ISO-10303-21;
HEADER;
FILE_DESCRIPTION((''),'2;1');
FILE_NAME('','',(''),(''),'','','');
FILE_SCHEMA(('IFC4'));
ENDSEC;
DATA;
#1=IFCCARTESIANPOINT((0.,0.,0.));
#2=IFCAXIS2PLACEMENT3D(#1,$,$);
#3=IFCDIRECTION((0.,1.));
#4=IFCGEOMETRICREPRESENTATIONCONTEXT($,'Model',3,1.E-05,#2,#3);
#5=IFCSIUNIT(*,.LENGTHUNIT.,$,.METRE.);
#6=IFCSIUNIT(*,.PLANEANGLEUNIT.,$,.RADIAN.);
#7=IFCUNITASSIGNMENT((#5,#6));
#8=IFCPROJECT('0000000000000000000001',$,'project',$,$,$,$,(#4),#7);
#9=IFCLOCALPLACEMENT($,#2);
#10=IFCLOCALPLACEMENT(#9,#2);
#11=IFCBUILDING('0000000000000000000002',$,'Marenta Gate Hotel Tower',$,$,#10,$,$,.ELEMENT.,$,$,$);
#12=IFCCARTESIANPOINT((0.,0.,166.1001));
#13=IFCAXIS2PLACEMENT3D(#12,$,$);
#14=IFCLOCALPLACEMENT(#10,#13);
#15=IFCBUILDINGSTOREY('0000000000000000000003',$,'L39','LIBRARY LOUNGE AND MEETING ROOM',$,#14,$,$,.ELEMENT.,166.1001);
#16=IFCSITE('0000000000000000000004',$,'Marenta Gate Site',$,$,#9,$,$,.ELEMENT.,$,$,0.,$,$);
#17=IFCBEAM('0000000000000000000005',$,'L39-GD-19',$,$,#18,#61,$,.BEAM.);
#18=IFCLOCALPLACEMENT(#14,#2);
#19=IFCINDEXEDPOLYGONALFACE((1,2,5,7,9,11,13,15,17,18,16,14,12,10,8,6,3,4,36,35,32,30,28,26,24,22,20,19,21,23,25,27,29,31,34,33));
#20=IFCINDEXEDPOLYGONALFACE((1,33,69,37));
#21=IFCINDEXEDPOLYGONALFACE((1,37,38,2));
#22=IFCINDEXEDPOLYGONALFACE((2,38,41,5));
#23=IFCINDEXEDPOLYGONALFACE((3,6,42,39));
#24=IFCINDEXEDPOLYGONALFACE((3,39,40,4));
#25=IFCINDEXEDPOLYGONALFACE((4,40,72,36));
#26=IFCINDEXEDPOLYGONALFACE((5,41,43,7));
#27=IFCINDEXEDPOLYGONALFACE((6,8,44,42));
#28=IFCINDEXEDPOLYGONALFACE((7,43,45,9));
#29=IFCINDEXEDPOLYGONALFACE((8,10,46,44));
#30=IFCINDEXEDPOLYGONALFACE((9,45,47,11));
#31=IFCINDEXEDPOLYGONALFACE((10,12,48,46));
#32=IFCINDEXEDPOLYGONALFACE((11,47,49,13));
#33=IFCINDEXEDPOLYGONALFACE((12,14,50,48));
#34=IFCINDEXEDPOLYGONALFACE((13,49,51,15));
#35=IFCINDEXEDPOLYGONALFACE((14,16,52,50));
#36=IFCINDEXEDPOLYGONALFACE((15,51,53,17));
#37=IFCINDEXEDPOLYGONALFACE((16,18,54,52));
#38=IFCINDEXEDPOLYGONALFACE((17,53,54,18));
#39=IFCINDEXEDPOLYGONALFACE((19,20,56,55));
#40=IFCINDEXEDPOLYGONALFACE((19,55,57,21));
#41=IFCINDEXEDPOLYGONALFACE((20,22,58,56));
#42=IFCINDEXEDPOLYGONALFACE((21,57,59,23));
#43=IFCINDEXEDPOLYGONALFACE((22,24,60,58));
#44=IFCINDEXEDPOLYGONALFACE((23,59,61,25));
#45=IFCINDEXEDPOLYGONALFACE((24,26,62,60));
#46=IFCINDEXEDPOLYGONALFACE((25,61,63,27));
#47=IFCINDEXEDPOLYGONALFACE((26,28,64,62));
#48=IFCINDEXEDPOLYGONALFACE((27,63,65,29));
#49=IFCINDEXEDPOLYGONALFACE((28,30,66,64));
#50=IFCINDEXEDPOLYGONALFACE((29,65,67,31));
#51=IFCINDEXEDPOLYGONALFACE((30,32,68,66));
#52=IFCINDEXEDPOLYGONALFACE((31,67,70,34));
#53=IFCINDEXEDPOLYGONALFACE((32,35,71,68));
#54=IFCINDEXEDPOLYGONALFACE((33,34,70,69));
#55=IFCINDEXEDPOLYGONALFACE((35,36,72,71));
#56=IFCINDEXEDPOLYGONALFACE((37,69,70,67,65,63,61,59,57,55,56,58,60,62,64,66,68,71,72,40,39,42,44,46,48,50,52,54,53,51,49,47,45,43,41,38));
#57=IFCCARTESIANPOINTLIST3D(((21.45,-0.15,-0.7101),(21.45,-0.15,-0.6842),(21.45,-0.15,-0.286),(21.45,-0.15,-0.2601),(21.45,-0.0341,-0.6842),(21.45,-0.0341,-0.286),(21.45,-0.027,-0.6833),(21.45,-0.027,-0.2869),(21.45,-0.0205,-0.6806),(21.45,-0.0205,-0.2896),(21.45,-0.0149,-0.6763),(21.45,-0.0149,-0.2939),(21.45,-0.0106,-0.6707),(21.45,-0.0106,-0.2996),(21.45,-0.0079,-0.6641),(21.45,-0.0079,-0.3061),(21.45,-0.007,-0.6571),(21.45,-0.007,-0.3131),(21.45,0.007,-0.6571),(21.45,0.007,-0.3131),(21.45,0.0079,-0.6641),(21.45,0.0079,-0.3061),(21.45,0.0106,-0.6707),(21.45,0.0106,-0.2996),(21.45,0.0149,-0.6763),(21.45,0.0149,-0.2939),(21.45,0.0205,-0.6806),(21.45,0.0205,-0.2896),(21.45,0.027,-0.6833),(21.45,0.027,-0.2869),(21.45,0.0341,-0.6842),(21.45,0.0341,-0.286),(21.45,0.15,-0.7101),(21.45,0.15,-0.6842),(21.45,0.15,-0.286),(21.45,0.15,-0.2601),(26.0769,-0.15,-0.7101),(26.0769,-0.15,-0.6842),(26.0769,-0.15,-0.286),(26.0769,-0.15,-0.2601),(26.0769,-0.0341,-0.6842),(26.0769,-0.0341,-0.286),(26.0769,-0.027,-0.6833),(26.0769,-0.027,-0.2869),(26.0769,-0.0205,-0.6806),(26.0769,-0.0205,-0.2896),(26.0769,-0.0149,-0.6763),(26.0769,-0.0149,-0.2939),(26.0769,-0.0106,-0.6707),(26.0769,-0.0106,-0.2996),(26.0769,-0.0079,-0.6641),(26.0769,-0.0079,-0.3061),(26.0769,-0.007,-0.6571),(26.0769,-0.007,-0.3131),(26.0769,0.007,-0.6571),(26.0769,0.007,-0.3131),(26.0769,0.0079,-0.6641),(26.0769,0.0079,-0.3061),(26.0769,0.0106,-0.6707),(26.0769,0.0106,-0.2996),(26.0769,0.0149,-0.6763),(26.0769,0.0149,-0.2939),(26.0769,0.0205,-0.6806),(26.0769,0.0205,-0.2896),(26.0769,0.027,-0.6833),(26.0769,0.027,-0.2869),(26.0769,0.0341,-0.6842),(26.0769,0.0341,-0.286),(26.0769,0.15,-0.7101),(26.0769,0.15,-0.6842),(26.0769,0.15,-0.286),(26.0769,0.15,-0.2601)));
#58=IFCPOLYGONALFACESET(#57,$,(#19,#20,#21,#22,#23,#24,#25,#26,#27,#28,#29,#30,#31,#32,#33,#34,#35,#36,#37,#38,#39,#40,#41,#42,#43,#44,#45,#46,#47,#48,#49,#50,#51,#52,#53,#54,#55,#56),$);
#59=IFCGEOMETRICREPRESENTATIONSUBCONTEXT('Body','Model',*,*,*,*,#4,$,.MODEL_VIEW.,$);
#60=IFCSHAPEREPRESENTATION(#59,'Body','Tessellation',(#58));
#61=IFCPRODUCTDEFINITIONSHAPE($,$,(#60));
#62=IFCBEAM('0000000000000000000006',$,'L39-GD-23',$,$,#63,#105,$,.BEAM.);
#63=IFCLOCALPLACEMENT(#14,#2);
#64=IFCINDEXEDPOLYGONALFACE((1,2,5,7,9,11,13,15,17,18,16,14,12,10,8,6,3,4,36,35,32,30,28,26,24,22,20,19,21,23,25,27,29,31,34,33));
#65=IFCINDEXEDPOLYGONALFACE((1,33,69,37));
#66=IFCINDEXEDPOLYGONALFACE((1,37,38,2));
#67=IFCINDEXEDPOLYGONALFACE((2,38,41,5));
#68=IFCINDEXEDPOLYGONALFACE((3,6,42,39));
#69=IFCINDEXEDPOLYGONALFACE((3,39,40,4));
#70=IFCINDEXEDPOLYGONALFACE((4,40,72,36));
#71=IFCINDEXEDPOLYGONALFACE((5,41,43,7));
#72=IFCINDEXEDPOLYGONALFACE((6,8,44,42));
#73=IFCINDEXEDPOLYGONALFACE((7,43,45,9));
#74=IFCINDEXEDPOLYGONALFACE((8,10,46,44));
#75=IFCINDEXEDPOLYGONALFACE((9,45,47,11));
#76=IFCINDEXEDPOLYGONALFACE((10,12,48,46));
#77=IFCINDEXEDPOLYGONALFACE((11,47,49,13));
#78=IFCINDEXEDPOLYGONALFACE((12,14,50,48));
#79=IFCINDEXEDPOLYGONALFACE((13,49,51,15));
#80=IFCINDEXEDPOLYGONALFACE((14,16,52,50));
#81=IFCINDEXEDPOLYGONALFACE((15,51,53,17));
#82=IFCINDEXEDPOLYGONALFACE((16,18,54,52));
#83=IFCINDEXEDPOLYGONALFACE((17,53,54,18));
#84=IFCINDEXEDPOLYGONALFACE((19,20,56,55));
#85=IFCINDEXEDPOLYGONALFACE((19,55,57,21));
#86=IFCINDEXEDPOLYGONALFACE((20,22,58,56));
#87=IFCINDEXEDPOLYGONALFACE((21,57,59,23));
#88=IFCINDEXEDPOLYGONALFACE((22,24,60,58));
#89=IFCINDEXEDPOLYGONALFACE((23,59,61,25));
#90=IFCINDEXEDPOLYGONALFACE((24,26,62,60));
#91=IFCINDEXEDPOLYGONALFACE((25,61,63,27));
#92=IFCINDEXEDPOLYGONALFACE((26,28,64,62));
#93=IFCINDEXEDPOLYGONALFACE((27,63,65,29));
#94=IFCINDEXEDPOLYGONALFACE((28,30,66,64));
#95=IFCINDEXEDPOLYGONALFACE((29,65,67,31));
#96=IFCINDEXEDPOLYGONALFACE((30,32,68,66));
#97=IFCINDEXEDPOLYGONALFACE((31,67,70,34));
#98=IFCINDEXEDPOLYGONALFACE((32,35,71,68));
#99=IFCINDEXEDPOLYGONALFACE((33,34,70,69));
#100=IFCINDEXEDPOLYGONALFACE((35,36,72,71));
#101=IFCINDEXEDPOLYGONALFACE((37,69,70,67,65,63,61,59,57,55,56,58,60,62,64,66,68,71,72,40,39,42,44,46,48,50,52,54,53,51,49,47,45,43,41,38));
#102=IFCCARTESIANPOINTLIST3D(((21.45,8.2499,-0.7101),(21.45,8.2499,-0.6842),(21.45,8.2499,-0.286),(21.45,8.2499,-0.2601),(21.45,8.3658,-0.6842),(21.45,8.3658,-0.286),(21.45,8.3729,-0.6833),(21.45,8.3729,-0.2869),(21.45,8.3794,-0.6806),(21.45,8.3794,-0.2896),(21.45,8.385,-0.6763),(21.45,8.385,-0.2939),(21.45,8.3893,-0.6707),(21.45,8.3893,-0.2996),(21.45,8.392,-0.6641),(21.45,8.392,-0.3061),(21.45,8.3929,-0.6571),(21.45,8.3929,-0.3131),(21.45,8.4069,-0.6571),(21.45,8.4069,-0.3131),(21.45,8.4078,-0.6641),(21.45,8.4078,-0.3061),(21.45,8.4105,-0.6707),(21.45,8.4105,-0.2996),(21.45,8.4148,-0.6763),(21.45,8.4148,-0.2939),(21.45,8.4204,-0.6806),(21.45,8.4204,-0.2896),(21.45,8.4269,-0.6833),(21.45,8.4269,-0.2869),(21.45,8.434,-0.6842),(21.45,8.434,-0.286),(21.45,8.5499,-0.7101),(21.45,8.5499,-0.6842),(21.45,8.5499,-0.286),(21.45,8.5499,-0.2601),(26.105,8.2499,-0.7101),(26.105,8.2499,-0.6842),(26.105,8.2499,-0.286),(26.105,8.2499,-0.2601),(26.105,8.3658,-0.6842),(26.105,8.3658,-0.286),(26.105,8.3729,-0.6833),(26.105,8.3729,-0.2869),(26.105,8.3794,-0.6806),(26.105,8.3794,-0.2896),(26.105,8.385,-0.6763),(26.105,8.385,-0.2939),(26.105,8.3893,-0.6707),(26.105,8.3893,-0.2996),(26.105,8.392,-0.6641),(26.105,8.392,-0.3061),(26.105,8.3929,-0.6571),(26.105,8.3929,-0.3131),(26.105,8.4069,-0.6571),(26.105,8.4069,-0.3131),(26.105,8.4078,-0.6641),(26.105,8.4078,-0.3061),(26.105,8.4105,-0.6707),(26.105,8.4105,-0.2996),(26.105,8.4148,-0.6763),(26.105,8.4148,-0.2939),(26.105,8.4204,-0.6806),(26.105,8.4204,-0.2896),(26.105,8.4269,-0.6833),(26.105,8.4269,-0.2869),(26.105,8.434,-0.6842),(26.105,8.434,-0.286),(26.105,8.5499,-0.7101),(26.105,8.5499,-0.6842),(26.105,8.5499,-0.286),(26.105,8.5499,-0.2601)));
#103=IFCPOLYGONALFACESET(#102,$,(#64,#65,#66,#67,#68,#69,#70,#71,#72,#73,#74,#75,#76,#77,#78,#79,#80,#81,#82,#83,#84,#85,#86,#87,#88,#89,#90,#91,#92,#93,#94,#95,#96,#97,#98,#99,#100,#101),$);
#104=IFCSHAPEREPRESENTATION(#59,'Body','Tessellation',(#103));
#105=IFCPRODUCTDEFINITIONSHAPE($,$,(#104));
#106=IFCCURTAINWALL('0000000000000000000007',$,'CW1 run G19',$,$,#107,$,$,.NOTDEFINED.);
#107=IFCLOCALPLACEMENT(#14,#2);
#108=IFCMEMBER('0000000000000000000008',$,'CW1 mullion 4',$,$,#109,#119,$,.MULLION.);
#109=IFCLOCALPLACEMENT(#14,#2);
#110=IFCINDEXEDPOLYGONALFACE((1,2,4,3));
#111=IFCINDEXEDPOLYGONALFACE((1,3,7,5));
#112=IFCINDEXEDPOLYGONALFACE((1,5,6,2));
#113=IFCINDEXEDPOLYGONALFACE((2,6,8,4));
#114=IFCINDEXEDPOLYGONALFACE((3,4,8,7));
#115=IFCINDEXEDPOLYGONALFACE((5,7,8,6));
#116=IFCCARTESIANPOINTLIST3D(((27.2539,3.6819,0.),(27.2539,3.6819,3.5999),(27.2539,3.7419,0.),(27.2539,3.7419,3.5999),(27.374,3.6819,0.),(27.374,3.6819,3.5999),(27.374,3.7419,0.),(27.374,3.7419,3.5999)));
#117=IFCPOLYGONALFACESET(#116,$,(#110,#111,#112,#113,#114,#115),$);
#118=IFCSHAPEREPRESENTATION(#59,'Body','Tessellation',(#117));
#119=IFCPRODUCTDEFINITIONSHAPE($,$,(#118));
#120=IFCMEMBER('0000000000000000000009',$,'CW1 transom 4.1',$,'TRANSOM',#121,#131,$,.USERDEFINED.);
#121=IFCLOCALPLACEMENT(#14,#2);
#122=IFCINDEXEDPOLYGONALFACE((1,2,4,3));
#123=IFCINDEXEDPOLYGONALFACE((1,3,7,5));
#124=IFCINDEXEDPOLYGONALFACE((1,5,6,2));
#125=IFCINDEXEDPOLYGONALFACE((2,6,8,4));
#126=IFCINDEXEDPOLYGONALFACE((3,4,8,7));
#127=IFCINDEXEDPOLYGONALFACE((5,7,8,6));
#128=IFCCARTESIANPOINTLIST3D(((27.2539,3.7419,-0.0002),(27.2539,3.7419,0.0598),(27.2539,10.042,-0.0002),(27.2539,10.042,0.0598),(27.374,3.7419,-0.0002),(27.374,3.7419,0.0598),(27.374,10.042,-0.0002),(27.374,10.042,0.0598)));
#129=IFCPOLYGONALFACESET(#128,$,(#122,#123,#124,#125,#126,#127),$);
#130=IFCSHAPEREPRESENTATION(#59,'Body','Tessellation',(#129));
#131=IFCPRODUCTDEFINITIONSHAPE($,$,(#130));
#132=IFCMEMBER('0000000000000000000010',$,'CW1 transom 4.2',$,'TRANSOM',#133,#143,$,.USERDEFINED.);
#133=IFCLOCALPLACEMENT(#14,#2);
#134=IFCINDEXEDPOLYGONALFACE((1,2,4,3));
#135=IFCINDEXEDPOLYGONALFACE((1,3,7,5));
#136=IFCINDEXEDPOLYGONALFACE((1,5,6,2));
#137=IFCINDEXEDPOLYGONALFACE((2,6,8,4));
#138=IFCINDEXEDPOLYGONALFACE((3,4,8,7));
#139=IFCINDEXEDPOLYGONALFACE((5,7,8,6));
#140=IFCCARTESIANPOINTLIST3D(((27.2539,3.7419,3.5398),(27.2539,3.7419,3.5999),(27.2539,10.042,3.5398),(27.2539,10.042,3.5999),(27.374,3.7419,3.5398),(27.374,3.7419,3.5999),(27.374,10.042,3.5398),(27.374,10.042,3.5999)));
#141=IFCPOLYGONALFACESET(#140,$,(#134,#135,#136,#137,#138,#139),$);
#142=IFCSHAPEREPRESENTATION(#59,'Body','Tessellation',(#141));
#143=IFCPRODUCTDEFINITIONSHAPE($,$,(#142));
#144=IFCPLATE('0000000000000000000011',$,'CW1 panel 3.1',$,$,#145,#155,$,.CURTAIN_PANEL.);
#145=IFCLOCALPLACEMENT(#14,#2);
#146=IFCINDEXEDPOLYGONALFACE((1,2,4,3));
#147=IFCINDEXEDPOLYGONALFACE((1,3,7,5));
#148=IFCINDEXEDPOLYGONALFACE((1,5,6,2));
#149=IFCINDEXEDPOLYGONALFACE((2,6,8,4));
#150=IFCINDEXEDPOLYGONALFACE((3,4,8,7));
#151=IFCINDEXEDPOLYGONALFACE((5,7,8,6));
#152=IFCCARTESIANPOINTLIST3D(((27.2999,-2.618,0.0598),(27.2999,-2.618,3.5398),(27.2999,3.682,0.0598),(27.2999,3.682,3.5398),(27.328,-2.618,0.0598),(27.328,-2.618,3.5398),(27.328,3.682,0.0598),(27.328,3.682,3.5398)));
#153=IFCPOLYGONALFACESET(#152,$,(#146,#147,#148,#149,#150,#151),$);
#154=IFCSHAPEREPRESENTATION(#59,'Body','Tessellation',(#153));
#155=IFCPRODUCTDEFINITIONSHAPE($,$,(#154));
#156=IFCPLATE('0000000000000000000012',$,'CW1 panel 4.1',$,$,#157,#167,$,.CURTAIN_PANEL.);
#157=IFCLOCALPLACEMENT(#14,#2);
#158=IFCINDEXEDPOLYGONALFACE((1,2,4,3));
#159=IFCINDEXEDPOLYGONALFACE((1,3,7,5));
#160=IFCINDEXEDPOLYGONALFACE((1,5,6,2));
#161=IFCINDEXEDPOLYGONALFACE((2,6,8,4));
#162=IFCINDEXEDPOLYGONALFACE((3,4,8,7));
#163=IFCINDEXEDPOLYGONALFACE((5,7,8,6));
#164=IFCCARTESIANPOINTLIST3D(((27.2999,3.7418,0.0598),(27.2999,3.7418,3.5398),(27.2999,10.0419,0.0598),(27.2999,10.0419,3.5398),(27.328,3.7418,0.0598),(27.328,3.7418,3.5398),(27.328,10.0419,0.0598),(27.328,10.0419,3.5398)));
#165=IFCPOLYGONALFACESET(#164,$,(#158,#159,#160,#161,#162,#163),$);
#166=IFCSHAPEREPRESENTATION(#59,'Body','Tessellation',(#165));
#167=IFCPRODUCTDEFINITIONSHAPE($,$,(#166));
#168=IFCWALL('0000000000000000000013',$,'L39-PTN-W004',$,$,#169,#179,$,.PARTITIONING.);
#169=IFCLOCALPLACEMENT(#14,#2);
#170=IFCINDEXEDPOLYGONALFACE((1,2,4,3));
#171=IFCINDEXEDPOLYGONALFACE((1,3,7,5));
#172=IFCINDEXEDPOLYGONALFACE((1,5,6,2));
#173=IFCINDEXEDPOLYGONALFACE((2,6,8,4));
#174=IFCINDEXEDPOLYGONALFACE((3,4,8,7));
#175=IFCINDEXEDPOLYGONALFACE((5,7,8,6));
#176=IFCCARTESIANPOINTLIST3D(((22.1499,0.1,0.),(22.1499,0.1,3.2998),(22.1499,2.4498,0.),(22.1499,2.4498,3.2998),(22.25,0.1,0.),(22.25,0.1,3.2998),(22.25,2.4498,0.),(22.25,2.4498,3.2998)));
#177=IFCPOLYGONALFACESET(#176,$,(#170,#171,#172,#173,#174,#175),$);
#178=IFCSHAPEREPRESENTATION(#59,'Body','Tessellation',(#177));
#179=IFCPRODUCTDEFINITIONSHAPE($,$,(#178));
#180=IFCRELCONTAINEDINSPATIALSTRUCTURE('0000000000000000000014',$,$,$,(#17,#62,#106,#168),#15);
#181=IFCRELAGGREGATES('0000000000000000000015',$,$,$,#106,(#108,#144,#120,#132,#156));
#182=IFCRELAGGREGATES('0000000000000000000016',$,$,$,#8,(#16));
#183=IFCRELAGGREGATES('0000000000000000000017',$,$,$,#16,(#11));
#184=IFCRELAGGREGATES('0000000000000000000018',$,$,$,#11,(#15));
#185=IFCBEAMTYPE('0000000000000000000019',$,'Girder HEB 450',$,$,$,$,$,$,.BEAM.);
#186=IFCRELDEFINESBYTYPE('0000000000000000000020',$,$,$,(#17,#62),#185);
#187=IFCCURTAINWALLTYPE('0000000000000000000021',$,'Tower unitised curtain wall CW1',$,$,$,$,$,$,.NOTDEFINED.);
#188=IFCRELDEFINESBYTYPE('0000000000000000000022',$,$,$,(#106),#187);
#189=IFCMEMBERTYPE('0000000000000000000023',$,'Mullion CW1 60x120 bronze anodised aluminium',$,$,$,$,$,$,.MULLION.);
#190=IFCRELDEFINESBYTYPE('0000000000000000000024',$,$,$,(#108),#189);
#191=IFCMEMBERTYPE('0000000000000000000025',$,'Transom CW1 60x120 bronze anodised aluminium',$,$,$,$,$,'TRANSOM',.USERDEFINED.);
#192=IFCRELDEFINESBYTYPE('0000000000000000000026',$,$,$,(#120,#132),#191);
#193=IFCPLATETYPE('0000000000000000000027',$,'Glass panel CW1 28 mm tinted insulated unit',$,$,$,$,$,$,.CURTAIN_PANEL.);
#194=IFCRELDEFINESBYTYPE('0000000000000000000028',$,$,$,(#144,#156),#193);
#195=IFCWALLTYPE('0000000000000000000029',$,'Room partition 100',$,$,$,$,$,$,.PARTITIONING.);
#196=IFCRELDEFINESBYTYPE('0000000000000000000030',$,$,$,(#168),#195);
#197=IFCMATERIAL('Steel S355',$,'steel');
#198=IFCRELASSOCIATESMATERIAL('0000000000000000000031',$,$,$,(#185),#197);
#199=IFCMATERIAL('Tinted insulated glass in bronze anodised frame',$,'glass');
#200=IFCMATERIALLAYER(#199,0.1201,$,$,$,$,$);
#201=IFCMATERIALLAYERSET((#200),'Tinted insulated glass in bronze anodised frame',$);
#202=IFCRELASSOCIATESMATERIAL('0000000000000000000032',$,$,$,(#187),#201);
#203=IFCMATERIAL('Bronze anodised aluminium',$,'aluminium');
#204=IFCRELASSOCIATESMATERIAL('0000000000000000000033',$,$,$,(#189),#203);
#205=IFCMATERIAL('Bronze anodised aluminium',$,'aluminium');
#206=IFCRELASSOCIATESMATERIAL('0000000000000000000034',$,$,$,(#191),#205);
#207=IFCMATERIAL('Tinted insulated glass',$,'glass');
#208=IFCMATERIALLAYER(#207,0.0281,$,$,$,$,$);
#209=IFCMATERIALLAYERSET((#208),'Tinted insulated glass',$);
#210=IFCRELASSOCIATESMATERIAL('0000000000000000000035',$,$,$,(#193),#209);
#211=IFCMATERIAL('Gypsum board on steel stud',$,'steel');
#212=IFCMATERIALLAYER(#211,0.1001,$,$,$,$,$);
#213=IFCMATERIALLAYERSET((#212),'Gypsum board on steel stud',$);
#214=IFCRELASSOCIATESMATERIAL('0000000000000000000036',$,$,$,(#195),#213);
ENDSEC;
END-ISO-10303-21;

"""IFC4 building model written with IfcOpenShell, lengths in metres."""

from ifc_helpers import new_model, si_unit, direction, frame, frame_2d, origin, origin_2d, place, context, subcontext, project, spatial, rectangle, i_section, extrude, material, layer, layer_set, material_profile, profile_set, type_object, element, aggregate, save


model = new_model("IFC4")

# Units and contexts
model_context = context("Model", 3, precision=1e-05, world=origin(), true_north=direction((0.0, 1.0)))
body_context = subcontext(model_context, "Body", "Model", "MODEL_VIEW")
ifc_project = project(units=[si_unit("LENGTHUNIT", "METRE"), si_unit("PLANEANGLEUNIT", "RADIAN")], contexts=[model_context])

# Site, building, storey
site_placement = place(None, origin())
site = spatial("IfcSite", under=ifc_project, at=site_placement, Name="Marenta Gate Site", CompositionType="ELEMENT", RefElevation=0.0)
building_placement = place(site_placement, origin())
building = spatial("IfcBuilding", under=site, at=building_placement, Name="Marenta Gate Hotel Tower", CompositionType="ELEMENT")
storey_placement = place(building_placement, frame((0.0, 0.0, 166.1001)))
storey = spatial("IfcBuildingStorey", under=building, at=storey_placement, Name="L39", Description="LIBRARY LOUNGE AND MEETING ROOM", CompositionType="ELEMENT", Elevation=166.1001)

# Beams
ifc_material_1 = material(Name="Steel S355", Category="steel")
ifc_material_profile_1 = material_profile(ifc_material_1, i_section(OverallWidth=0.3, OverallDepth=0.45, WebThickness=0.0139, FlangeThickness=0.0259, FilletRadius=0.0271, at=origin_2d()), Name="HEB 450")
ifc_profile_set_1 = profile_set([ifc_material_profile_1], Name="Steel S355")
beam_type_1 = type_object("IfcBeamType", Name="Girder HEB 450", PredefinedType="BEAM", material=ifc_profile_set_1)
beam_1_placement = place(storey_placement, frame((21.45, 0.0, -0.4851), z_axis=(1.0, 0.0, 0.0), x_axis=(0.0, 1.0, 0.0)))
element("IfcBeam", 1, at=beam_1_placement, inside=storey, type_object=beam_type_1, Name="L39-GD-19", PredefinedType="BEAM", context=body_context, shape_type="SweptSolid", body=[
    extrude(i_section(OverallWidth=0.3, OverallDepth=0.45, WebThickness=0.0139, FlangeThickness=0.0259, FilletRadius=0.0271, at=origin_2d()), origin(), (0.0, 0.0, 1.0), 4.627),
])
beam_2_placement = place(storey_placement, frame((21.45, 8.3999, -0.4851), z_axis=(1.0, 0.0, 0.0), x_axis=(0.0, 1.0, 0.0)))
element("IfcBeam", 2, at=beam_2_placement, inside=storey, type_object=beam_type_1, Name="L39-GD-23", PredefinedType="BEAM", context=body_context, shape_type="SweptSolid", body=[
    extrude(i_section(OverallWidth=0.3, OverallDepth=0.45, WebThickness=0.0139, FlangeThickness=0.0259, FilletRadius=0.0271, at=origin_2d()), origin(), (0.0, 0.0, 1.0), 4.655),
])

# Curtain wall, members, plates
ifc_material_2 = material(Name="Tinted insulated glass in bronze anodised frame", Category="glass")
ifc_layer_1 = layer(ifc_material_2, 0.1201)
ifc_layer_set_1 = layer_set([ifc_layer_1], Name="Tinted insulated glass in bronze anodised frame")
curtain_wall_type = type_object("IfcCurtainWallType", Name="Tower unitised curtain wall CW1", PredefinedType="NOTDEFINED", material=ifc_layer_set_1)
curtain_wall_placement = place(storey_placement, origin())
curtain_wall = element("IfcCurtainWall", 3, at=curtain_wall_placement, inside=storey, type_object=curtain_wall_type, Name="CW1 run G19", PredefinedType="NOTDEFINED")
ifc_material_3 = material(Name="Bronze anodised aluminium", Category="aluminium")
ifc_material_profile_2 = material_profile(ifc_material_3, rectangle(XDim=0.1201, YDim=0.0601, at=origin_2d()), Name="Mullion CW1 60x120 bronze anodised aluminium")
ifc_profile_set_2 = profile_set([ifc_material_profile_2], Name="Bronze anodised aluminium")
member_type_1 = type_object("IfcMemberType", Name="Mullion CW1 60x120 bronze anodised aluminium", PredefinedType="MULLION", material=ifc_profile_set_2)
member_1_placement = place(storey_placement, frame((27.314, 3.7119, 0.0), z_axis=(0.0, 0.0, 1.0), x_axis=(-1.0, 0.0, 0.0)))
member_1 = element("IfcMember", 4, at=member_1_placement, type_object=member_type_1, Name="CW1 mullion 4", PredefinedType="MULLION", context=body_context, shape_type="SweptSolid", body=[
    extrude(rectangle(XDim=0.1201, YDim=0.0601, at=origin_2d()), origin(), (0.0, 0.0, 1.0), 3.5999),
])
ifc_material_4 = material(Name="Bronze anodised aluminium", Category="aluminium")
ifc_material_profile_3 = material_profile(ifc_material_4, rectangle(XDim=0.1201, YDim=0.0601, at=origin_2d()), Name="Transom CW1 60x120 bronze anodised aluminium")
ifc_profile_set_3 = profile_set([ifc_material_profile_3], Name="Bronze anodised aluminium")
member_type_2 = type_object("IfcMemberType", Name="Transom CW1 60x120 bronze anodised aluminium", ElementType="TRANSOM", PredefinedType="USERDEFINED", material=ifc_profile_set_3)
member_2_placement = place(storey_placement, frame((27.314, 3.7419, 0.0298), z_axis=(0.0, 1.0, 0.0), x_axis=(-1.0, 0.0, 0.0)))
member_2 = element("IfcMember", 5, at=member_2_placement, type_object=member_type_2, Name="CW1 transom 4.1", ObjectType="TRANSOM", PredefinedType="USERDEFINED", context=body_context, shape_type="SweptSolid", body=[
    extrude(rectangle(XDim=0.1201, YDim=0.0601, at=origin_2d()), origin(), (0.0, 0.0, 1.0), 6.3),
])
member_3_placement = place(storey_placement, frame((27.314, 3.7419, 3.5698), z_axis=(0.0, 1.0, 0.0), x_axis=(-1.0, 0.0, 0.0)))
member_3 = element("IfcMember", 6, at=member_3_placement, type_object=member_type_2, Name="CW1 transom 4.2", ObjectType="TRANSOM", PredefinedType="USERDEFINED", context=body_context, shape_type="SweptSolid", body=[
    extrude(rectangle(XDim=0.1201, YDim=0.0601, at=origin_2d()), origin(), (0.0, 0.0, 1.0), 6.3),
])
ifc_material_5 = material(Name="Tinted insulated glass", Category="glass")
ifc_layer_2 = layer(ifc_material_5, 0.0281)
ifc_layer_set_2 = layer_set([ifc_layer_2], Name="Tinted insulated glass")
plate_type = type_object("IfcPlateType", Name="Glass panel CW1 28 mm tinted insulated unit", PredefinedType="CURTAIN_PANEL", material=ifc_layer_set_2)
plate_1_placement = place(storey_placement, frame((27.314, 0.532, 0.0598), z_axis=(0.0, 0.0, 1.0), x_axis=(0.0, 1.0, 0.0)))
plate_1 = element("IfcPlate", 7, at=plate_1_placement, type_object=plate_type, Name="CW1 panel 3.1", PredefinedType="CURTAIN_PANEL", context=body_context, shape_type="SweptSolid", body=[
    extrude(rectangle(XDim=6.3, YDim=0.0281, at=origin_2d()), origin(), (0.0, 0.0, 1.0), 3.48),
])
plate_2_placement = place(storey_placement, frame((27.314, 6.8918, 0.0598), z_axis=(0.0, 0.0, 1.0), x_axis=(0.0, 1.0, 0.0)))
plate_2 = element("IfcPlate", 8, at=plate_2_placement, type_object=plate_type, Name="CW1 panel 4.1", PredefinedType="CURTAIN_PANEL", context=body_context, shape_type="SweptSolid", body=[
    extrude(rectangle(XDim=6.3, YDim=0.0281, at=origin_2d()), origin(), (0.0, 0.0, 1.0), 3.48),
])
aggregate(curtain_wall, [member_1, plate_1, member_2, member_3, plate_2])

# Wall
ifc_material_6 = material(Name="Gypsum board on steel stud", Category="steel")
ifc_layer_3 = layer(ifc_material_6, 0.1001)
ifc_layer_set_3 = layer_set([ifc_layer_3], Name="Gypsum board on steel stud")
wall_type_1 = type_object("IfcWallType", Name="Room partition 100", PredefinedType="PARTITIONING", material=ifc_layer_set_3)
wall_1_placement = place(storey_placement, frame((22.2, 0.1001, 0.0), z_axis=(0.0, 0.0, 1.0), x_axis=(0.0, 1.0, 0.0)))
element("IfcWall", 9, at=wall_1_placement, inside=storey, type_object=wall_type_1, Name="L39-PTN-W004", PredefinedType="PARTITIONING", context=body_context, shape_type="SweptSolid", body=[
    extrude(rectangle(XDim=2.3499, YDim=0.1001, at=frame_2d((1.1748, 0.0))), origin(), (0.0, 0.0, 1.0), 3.2998),
])

save(model, "model.ifc")
